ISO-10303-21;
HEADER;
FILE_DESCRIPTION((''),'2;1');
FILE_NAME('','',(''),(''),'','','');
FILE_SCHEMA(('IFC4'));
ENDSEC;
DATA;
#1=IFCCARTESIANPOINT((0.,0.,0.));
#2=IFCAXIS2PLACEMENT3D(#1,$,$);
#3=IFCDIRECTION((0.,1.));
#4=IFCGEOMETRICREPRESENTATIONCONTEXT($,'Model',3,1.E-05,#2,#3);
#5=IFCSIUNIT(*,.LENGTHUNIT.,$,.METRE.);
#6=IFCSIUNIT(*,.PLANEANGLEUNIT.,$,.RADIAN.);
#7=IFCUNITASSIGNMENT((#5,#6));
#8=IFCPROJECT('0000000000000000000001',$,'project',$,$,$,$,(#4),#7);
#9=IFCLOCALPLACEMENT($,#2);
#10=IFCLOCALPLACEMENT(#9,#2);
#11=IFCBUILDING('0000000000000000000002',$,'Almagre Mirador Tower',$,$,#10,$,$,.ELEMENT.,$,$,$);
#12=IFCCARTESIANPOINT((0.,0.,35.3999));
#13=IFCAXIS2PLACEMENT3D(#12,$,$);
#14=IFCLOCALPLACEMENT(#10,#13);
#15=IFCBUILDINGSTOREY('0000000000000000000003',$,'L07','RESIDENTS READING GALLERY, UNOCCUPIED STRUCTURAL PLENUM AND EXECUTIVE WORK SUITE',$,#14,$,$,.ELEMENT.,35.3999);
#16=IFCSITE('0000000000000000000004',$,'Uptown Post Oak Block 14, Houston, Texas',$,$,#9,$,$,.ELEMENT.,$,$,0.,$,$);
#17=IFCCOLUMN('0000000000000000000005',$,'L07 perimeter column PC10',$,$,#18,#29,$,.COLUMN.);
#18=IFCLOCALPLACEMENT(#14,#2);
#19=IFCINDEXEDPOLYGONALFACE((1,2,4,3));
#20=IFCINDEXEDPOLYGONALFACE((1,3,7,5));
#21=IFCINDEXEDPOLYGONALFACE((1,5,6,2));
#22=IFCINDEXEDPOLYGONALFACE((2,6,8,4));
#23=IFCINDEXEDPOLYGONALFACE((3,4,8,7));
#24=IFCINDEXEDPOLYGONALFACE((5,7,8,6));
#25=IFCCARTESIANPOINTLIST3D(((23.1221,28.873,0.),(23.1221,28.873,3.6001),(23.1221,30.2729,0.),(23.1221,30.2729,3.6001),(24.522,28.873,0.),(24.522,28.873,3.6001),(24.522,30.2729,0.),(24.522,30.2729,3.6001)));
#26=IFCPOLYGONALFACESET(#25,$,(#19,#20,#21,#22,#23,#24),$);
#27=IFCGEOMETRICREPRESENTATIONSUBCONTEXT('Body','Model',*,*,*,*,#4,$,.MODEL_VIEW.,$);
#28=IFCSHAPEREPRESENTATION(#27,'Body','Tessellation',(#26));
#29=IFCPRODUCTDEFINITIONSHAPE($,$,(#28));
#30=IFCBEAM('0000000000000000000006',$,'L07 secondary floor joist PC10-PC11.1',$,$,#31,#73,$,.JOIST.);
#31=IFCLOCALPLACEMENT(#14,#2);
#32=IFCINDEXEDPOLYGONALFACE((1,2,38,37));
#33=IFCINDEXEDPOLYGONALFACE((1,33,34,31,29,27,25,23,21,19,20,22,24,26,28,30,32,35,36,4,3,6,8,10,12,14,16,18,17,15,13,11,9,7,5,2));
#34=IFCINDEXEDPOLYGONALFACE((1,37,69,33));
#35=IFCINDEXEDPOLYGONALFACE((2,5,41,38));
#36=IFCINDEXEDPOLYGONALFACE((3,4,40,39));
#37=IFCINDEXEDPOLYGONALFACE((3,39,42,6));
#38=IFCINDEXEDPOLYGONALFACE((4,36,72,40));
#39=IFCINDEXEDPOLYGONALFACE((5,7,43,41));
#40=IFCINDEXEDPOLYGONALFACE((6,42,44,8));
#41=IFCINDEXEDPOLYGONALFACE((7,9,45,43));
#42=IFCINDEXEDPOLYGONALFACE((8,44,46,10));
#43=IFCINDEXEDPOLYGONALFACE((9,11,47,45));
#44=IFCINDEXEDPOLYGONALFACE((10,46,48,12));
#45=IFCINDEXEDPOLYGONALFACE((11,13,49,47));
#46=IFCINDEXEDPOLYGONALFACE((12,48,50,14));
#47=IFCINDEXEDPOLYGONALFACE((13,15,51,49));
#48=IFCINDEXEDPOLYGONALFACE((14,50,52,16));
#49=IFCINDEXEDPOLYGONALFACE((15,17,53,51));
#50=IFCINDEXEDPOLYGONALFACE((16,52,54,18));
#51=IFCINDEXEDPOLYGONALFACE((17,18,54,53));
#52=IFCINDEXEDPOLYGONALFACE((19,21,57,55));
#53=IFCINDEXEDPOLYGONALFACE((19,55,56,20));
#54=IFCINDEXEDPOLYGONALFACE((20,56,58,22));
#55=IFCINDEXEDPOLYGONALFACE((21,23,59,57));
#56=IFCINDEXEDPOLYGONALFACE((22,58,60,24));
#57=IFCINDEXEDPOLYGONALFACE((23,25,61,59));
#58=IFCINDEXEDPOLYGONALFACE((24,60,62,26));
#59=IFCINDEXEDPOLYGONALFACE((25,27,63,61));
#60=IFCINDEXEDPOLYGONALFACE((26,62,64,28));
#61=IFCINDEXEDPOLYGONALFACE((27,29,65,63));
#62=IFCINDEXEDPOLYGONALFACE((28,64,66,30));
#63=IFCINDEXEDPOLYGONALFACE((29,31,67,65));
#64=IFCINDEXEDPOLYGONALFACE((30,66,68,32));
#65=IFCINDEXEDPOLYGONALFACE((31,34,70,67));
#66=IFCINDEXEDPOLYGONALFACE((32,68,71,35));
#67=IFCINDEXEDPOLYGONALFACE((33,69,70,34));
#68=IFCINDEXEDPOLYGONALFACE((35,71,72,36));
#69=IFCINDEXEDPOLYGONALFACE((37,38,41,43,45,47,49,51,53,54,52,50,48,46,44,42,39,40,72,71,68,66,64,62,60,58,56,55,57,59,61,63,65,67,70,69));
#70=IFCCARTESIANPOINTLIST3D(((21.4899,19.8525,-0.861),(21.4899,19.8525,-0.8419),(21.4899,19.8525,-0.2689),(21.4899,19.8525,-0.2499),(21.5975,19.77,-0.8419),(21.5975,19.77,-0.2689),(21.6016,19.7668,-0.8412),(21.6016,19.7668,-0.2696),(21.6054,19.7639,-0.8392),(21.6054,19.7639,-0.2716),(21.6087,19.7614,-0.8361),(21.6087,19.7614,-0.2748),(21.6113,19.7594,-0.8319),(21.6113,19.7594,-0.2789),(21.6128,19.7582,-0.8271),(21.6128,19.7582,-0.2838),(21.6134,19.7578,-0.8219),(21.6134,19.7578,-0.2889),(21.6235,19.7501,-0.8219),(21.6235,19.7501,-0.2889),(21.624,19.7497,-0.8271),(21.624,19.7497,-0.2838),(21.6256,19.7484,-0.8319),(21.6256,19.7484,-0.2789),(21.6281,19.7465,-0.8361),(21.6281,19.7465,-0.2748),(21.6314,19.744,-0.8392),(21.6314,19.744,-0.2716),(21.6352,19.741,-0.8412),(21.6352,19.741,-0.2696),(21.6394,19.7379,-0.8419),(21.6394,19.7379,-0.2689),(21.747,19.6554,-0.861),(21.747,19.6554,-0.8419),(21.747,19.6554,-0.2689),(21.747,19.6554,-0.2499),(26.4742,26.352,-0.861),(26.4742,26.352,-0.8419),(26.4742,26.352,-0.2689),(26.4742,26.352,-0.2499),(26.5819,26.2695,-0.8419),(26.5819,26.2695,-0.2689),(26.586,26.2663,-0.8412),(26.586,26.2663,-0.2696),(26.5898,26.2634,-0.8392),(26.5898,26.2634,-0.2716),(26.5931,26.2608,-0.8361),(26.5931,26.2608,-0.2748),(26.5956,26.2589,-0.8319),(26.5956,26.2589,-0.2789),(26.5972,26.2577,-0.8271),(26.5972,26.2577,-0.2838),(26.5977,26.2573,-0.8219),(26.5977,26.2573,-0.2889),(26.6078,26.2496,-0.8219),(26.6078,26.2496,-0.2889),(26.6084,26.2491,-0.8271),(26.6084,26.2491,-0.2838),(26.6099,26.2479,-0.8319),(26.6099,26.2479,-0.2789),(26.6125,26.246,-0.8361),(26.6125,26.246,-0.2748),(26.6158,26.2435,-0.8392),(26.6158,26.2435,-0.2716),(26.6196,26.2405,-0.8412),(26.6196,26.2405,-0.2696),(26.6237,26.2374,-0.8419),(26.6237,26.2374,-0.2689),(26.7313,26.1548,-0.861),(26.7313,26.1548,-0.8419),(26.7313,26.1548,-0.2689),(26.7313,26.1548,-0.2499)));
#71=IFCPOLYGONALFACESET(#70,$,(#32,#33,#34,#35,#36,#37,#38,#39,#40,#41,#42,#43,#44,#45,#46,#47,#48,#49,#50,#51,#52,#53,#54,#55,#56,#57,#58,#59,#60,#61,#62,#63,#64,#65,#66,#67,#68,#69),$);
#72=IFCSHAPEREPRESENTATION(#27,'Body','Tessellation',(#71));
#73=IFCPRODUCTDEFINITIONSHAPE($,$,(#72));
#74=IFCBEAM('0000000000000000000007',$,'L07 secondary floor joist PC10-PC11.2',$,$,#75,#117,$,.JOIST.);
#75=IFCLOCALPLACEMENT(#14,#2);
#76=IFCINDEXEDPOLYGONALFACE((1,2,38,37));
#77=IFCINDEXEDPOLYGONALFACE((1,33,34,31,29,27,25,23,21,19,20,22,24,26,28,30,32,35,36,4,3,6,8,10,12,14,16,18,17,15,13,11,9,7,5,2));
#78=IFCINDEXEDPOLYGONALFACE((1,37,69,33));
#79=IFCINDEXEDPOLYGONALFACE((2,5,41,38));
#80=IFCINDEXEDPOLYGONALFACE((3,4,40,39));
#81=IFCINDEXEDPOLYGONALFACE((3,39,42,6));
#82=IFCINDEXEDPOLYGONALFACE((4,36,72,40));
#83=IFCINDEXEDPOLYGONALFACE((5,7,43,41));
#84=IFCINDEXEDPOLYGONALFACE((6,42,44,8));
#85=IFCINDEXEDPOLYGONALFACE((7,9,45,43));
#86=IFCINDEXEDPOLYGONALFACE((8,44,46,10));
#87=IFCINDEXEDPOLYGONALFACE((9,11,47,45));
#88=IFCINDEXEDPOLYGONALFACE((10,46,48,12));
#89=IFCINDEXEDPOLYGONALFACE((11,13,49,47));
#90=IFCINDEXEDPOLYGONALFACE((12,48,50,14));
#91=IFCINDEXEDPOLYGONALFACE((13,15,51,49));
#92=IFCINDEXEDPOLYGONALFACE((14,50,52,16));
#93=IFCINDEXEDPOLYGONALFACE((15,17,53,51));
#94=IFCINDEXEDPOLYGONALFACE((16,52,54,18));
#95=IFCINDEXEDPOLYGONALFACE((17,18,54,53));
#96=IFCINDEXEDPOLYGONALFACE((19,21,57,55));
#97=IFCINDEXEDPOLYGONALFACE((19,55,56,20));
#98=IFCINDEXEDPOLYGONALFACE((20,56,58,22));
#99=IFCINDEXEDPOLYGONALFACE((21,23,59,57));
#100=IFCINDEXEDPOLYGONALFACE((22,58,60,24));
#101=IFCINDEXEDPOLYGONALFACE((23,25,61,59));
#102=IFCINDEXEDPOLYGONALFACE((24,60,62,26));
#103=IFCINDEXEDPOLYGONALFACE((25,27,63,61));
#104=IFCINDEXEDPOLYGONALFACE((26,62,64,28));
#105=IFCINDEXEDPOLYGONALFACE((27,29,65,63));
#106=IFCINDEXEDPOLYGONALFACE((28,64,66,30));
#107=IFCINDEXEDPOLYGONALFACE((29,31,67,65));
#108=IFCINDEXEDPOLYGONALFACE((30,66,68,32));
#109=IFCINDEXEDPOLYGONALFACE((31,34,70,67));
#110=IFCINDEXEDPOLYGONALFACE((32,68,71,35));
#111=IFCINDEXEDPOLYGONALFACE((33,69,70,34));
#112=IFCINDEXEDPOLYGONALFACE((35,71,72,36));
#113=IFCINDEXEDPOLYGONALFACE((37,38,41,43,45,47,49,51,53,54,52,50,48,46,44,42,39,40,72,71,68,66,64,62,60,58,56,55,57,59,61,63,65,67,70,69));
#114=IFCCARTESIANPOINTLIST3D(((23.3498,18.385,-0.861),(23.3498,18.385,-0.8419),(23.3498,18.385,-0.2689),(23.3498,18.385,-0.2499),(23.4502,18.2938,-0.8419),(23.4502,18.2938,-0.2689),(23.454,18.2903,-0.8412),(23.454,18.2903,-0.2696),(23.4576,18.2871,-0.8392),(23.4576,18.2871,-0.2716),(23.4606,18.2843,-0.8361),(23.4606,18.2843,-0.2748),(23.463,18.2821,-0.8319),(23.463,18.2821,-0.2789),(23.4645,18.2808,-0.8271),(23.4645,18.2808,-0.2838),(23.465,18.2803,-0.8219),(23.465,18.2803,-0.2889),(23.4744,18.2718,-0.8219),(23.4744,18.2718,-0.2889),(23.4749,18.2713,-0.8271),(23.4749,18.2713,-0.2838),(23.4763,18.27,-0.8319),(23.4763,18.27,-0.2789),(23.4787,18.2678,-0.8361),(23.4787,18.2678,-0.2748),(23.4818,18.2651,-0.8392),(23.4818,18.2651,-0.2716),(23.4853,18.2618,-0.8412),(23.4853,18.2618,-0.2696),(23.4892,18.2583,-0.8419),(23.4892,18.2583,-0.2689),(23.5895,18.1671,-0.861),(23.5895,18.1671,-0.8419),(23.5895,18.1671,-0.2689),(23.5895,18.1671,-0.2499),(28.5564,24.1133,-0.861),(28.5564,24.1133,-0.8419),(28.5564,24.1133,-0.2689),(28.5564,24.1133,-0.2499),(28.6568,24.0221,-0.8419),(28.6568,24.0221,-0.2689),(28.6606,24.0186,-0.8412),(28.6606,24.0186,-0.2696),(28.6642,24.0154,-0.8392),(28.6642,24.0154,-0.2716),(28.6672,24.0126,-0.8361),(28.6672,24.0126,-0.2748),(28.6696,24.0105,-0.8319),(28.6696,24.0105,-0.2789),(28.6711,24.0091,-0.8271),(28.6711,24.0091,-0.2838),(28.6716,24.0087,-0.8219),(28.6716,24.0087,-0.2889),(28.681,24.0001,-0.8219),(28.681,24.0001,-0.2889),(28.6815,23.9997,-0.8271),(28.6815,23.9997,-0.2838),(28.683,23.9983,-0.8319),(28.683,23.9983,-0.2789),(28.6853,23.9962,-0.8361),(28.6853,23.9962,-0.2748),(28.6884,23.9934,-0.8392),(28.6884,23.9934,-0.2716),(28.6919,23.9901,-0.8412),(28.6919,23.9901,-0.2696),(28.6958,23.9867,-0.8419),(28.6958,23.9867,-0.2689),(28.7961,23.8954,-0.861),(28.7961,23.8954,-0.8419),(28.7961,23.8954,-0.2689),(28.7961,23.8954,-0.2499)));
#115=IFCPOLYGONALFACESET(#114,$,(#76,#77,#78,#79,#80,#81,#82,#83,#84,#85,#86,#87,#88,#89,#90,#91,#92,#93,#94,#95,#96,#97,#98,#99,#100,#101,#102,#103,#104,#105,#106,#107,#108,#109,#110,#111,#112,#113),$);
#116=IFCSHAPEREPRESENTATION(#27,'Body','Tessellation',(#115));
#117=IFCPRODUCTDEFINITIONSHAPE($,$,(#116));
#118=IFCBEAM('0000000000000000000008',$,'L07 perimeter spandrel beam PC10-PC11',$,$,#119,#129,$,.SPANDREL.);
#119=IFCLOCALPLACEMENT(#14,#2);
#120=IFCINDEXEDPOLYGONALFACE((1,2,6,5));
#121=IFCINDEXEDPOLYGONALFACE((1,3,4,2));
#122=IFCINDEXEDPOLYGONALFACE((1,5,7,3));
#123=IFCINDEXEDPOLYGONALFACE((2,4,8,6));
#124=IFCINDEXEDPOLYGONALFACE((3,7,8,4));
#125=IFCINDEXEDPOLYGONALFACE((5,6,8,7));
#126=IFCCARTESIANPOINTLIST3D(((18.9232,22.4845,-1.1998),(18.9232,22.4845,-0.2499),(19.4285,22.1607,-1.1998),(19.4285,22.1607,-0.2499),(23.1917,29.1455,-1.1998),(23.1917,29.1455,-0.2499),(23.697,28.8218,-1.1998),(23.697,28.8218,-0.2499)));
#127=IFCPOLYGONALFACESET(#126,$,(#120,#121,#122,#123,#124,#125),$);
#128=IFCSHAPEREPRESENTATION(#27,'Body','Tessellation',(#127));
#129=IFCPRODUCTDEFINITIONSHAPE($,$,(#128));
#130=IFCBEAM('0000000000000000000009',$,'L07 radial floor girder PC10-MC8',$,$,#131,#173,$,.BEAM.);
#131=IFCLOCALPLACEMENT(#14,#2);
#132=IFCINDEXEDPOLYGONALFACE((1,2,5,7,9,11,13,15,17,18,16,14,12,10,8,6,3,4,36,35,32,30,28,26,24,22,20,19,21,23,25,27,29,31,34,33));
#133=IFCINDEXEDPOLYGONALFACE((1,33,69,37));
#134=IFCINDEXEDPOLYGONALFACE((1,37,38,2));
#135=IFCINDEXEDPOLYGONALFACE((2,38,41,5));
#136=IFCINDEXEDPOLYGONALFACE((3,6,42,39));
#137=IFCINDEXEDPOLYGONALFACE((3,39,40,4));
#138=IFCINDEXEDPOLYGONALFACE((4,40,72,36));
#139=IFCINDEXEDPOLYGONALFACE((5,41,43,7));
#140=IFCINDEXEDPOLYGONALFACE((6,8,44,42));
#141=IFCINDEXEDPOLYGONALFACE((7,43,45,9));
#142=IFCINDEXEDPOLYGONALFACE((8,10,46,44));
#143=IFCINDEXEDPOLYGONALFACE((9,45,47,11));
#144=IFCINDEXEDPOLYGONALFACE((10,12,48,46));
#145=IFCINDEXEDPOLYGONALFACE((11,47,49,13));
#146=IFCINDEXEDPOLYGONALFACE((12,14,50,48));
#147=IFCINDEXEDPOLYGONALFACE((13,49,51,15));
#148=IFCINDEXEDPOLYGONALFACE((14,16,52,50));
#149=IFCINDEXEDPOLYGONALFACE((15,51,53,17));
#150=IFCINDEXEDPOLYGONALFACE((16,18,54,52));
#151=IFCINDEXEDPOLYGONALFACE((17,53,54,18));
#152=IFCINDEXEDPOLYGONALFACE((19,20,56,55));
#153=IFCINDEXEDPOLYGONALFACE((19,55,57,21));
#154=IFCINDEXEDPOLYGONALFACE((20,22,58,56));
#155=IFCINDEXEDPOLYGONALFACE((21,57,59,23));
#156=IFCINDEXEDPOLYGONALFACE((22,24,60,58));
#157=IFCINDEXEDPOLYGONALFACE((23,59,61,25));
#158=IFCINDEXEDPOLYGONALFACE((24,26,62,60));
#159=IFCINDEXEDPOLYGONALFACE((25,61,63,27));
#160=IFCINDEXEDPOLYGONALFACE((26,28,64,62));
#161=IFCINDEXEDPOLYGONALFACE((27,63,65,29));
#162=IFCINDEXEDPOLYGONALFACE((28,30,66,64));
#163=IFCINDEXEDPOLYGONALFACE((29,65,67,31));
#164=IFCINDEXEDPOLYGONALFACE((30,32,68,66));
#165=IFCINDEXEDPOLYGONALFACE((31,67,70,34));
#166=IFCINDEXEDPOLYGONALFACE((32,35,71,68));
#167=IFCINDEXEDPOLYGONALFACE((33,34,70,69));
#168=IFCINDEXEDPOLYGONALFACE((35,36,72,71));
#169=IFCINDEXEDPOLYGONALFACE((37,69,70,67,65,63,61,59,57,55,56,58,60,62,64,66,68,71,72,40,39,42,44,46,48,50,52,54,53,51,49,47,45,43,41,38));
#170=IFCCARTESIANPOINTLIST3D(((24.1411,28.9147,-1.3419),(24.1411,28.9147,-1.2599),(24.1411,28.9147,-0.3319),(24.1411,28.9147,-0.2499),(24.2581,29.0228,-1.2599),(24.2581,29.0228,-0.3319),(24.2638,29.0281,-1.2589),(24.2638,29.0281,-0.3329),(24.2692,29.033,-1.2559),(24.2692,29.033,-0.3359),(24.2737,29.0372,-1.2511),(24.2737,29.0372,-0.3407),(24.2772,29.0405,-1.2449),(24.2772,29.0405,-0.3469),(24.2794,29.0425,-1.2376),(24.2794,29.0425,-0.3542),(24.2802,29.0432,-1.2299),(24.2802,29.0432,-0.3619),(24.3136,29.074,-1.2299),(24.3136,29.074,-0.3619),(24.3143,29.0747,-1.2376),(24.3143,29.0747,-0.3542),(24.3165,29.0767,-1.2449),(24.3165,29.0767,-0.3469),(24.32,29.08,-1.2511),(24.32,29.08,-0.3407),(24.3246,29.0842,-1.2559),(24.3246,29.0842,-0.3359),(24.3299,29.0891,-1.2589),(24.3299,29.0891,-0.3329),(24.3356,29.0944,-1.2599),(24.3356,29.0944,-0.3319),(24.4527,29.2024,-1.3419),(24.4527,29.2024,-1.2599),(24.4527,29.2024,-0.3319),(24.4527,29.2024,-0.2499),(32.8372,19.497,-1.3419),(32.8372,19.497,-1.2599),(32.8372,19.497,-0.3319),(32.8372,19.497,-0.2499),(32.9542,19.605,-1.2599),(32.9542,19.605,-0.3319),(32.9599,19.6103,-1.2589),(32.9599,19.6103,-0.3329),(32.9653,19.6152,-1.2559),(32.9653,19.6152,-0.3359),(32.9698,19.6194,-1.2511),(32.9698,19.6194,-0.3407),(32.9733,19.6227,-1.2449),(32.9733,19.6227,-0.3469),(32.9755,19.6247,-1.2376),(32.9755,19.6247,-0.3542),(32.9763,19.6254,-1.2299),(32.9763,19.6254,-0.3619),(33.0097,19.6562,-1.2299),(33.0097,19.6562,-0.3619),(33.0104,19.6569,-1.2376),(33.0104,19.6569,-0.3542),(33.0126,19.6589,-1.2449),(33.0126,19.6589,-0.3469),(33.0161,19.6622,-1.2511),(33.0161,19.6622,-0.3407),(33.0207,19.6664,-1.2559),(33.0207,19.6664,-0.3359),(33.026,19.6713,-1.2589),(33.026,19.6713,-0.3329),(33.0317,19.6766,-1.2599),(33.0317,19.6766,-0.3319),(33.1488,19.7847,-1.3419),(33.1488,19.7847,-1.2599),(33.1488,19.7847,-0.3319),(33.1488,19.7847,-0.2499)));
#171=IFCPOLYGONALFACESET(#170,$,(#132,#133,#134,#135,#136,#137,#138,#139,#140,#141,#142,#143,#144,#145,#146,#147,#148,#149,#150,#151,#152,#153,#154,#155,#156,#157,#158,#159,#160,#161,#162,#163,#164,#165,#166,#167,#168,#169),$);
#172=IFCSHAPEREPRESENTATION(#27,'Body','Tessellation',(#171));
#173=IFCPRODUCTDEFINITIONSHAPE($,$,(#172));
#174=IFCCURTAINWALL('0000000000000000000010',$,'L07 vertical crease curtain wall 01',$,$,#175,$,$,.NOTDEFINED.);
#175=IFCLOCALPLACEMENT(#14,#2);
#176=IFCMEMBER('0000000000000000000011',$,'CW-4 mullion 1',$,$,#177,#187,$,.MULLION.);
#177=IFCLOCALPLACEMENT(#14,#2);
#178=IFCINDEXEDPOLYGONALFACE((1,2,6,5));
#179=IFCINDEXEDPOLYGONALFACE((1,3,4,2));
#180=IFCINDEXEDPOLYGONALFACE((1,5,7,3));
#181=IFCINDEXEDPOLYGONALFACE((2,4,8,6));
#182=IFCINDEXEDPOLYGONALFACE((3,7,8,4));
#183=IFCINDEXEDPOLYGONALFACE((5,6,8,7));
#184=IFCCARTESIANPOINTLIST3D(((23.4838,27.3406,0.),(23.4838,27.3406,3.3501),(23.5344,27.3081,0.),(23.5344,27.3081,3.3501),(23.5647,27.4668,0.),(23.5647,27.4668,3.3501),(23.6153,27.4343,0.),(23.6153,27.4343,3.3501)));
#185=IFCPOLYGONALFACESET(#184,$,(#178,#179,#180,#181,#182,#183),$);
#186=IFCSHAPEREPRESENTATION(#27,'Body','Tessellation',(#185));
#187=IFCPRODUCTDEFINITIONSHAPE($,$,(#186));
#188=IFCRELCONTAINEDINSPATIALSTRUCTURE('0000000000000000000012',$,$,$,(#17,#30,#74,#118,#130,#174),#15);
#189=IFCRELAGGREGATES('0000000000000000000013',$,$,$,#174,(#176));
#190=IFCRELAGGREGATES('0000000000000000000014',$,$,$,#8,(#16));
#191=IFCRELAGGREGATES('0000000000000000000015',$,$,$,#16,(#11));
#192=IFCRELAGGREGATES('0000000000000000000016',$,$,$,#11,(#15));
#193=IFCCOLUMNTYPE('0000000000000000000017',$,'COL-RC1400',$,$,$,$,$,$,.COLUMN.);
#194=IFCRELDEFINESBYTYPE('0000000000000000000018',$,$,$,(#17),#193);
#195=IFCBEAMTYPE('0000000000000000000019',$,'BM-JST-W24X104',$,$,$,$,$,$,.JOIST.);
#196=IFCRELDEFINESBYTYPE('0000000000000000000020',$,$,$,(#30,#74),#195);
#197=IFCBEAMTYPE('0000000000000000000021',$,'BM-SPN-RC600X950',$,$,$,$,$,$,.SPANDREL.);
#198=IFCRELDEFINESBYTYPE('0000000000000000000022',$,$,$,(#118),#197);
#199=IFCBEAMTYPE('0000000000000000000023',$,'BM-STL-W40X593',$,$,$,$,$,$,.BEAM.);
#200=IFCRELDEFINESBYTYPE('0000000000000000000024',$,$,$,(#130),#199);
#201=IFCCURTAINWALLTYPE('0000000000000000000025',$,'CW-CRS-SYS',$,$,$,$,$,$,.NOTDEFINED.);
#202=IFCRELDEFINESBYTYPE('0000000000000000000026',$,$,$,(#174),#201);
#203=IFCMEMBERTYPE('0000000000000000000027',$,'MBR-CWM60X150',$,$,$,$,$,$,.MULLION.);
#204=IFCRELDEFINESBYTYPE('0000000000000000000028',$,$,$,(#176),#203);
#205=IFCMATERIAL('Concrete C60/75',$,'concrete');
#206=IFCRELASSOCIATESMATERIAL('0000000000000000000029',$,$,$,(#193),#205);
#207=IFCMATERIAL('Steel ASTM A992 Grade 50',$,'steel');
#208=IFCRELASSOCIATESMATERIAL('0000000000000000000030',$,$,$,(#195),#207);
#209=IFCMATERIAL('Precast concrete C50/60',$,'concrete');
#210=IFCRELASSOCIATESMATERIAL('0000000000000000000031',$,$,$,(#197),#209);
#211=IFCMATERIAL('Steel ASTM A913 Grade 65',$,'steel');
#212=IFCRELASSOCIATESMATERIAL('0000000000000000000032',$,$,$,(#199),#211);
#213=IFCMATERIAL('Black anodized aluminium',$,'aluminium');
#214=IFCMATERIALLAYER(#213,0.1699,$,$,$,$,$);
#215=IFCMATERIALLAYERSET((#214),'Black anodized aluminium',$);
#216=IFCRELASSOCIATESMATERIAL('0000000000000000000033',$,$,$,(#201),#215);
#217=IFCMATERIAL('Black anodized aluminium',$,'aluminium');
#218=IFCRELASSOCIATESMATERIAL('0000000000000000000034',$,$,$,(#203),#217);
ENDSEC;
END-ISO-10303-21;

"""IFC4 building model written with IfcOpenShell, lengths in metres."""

from ifc_helpers import new_model, si_unit, direction, frame, origin, origin_2d, place, context, subcontext, project, spatial, rectangle, i_section, extrude, material, layer, layer_set, material_profile, profile_set, type_object, element, aggregate, save


model = new_model("IFC4")

# Units and contexts
model_context = context("Model", 3, precision=1e-05, world=origin(), true_north=direction((0.0, 1.0)))
body_context = subcontext(model_context, "Body", "Model", "MODEL_VIEW")
ifc_project = project(units=[si_unit("LENGTHUNIT", "METRE"), si_unit("PLANEANGLEUNIT", "RADIAN")], contexts=[model_context])

# Site, building, storey
site_placement = place(None, origin())
site = spatial("IfcSite", under=ifc_project, at=site_placement, Name="Uptown Post Oak Block 14, Houston, Texas", CompositionType="ELEMENT", RefElevation=0.0)
building_placement = place(site_placement, origin())
building = spatial("IfcBuilding", under=site, at=building_placement, Name="Almagre Mirador Tower", CompositionType="ELEMENT")
storey_placement = place(building_placement, frame((0.0, 0.0, 35.3999)))
storey = spatial("IfcBuildingStorey", under=building, at=storey_placement, Name="L07", Description="RESIDENTS READING GALLERY, UNOCCUPIED STRUCTURAL PLENUM AND EXECUTIVE WORK SUITE", CompositionType="ELEMENT", Elevation=35.3999)

# Column
ifc_material_1 = material(Name="Concrete C60/75", Category="concrete")
ifc_material_profile_1 = material_profile(ifc_material_1, rectangle(XDim=1.3999, YDim=1.3999, at=origin_2d()), Name="RC1400X1400")
ifc_profile_set_1 = profile_set([ifc_material_profile_1], Name="Concrete C60/75")
column_type = type_object("IfcColumnType", Name="COL-RC1400", PredefinedType="COLUMN", material=ifc_profile_set_1)
column_placement = place(storey_placement, frame((23.822, 29.573, 0.0), z_axis=(0.0, 0.0, 1.0), x_axis=(1.0, 0.0, 0.0)))
element("IfcColumn", 1, at=column_placement, inside=storey, type_object=column_type, Name="L07 perimeter column PC10", PredefinedType="COLUMN", context=body_context, shape_type="SweptSolid", body=[
    extrude(rectangle(XDim=1.3999, YDim=1.3999, at=origin_2d()), origin(), (0.0, 0.0, 1.0), 3.6001),
])

# Beams
ifc_material_2 = material(Name="Steel ASTM A992 Grade 50", Category="steel")
ifc_material_profile_2 = material_profile(ifc_material_2, i_section(OverallWidth=0.324, OverallDepth=0.6111, WebThickness=0.0127, FlangeThickness=0.019, FilletRadius=0.02, at=origin_2d()), Name="W24X104")
ifc_profile_set_2 = profile_set([ifc_material_profile_2], Name="Steel ASTM A992 Grade 50")
beam_type_1 = type_object("IfcBeamType", Name="BM-JST-W24X104", PredefinedType="JOIST", material=ifc_profile_set_2)
beam_1_placement = place(storey_placement, frame((26.6028, 26.2534, -0.5554), z_axis=(-0.60854, -0.793523, 0.0), x_axis=(0.793523, -0.60854, 0.0)))
element("IfcBeam", 2, at=beam_1_placement, inside=storey, type_object=beam_type_1, Name="L07 secondary floor joist PC10-PC11.1", PredefinedType="JOIST", context=body_context, shape_type="SweptSolid", body=[
    extrude(i_section(OverallWidth=0.324, OverallDepth=0.6111, WebThickness=0.0127, FlangeThickness=0.019, FilletRadius=0.02, at=origin_2d()), origin(), (0.0, 0.0, 1.0), 8.1907),
])
beam_2_placement = place(storey_placement, frame((28.6763, 24.0044, -0.5554), z_axis=(-0.672604, -0.740003, 0.0), x_axis=(0.740003, -0.672604, 0.0)))
element("IfcBeam", 3, at=beam_2_placement, inside=storey, type_object=beam_type_1, Name="L07 secondary floor joist PC10-PC11.2", PredefinedType="JOIST", context=body_context, shape_type="SweptSolid", body=[
    extrude(i_section(OverallWidth=0.324, OverallDepth=0.6111, WebThickness=0.0127, FlangeThickness=0.019, FilletRadius=0.02, at=origin_2d()), origin(), (0.0, 0.0, 1.0), 7.741),
])
ifc_material_3 = material(Name="Precast concrete C50/60", Category="concrete")
ifc_material_profile_3 = material_profile(ifc_material_3, rectangle(XDim=0.6001, YDim=0.95, at=origin_2d()), Name="RC600X950")
ifc_profile_set_3 = profile_set([ifc_material_profile_3], Name="Precast concrete C50/60")
beam_type_2 = type_object("IfcBeamType", Name="BM-SPN-RC600X950", PredefinedType="SPANDREL", material=ifc_profile_set_3)
beam_3_placement = place(storey_placement, frame((23.4443, 28.9836, -0.7249), z_axis=(-0.53954, -0.84196, 0.0), x_axis=(0.84196, -0.53954, 0.0)))
element("IfcBeam", 4, at=beam_3_placement, inside=storey, type_object=beam_type_2, Name="L07 perimeter spandrel beam PC10-PC11", PredefinedType="SPANDREL", context=body_context, shape_type="SweptSolid", body=[
    extrude(rectangle(XDim=0.6001, YDim=0.95, at=origin_2d()), origin(), (0.0, 0.0, 1.0), 7.9114),
])
ifc_material_4 = material(Name="Steel ASTM A913 Grade 65", Category="steel")
ifc_material_profile_4 = material_profile(ifc_material_4, i_section(OverallWidth=0.4241, OverallDepth=1.092, WebThickness=0.0454, FlangeThickness=0.082, FilletRadius=0.03, at=origin_2d()), Name="W40X593")
ifc_profile_set_4 = profile_set([ifc_material_profile_4], Name="Steel ASTM A913 Grade 65")
beam_type_3 = type_object("IfcBeamType", Name="BM-STL-W40X593", PredefinedType="BEAM", material=ifc_profile_set_4)
beam_4_placement = place(storey_placement, frame((24.2969, 29.0586, -0.7959), z_axis=(0.678396, -0.734696, 0.0), x_axis=(0.734696, 0.678396, 0.0)))
element("IfcBeam", 5, at=beam_4_placement, inside=storey, type_object=beam_type_3, Name="L07 radial floor girder PC10-MC8", PredefinedType="BEAM", context=body_context, shape_type="SweptSolid", body=[
    extrude(i_section(OverallWidth=0.4241, OverallDepth=1.092, WebThickness=0.0454, FlangeThickness=0.082, FilletRadius=0.03, at=origin_2d()), origin(), (0.0, 0.0, 1.0), 12.8186),
])

# Curtain wall, member
ifc_material_5 = material(Name="Black anodized aluminium", Category="aluminium")
ifc_layer_1 = layer(ifc_material_5, 0.1699)
ifc_layer_set_1 = layer_set([ifc_layer_1], Name="Black anodized aluminium")
curtain_wall_type_1 = type_object("IfcCurtainWallType", Name="CW-CRS-SYS", PredefinedType="NOTDEFINED", material=ifc_layer_set_1)
curtain_wall_1_placement = place(storey_placement, origin())
curtain_wall_1 = element("IfcCurtainWall", 6, at=curtain_wall_1_placement, inside=storey, type_object=curtain_wall_type_1, Name="L07 vertical crease curtain wall 01", PredefinedType="NOTDEFINED")
ifc_material_6 = material(Name="Black anodized aluminium", Category="aluminium")
ifc_material_profile_5 = material_profile(ifc_material_6, rectangle(XDim=0.0601, YDim=0.1499, at=origin_2d()), Name="CWM60X150")
ifc_profile_set_5 = profile_set([ifc_material_profile_5], Name="Black anodized aluminium")
member_type_1 = type_object("IfcMemberType", Name="MBR-CWM60X150", PredefinedType="MULLION", material=ifc_profile_set_5)
member_1_placement = place(storey_placement, frame((23.5496, 27.3875, 0.0), z_axis=(0.0, 0.0, 1.0), x_axis=(-0.841762, 0.539849, 0.0)))
member_1 = element("IfcMember", 7, at=member_1_placement, type_object=member_type_1, Name="CW-4 mullion 1", PredefinedType="MULLION", context=body_context, shape_type="SweptSolid", body=[
    extrude(rectangle(XDim=0.0601, YDim=0.1499, at=origin_2d()), origin(), (0.0, 0.0, 1.0), 3.3501),
])

aggregate(curtain_wall_1, [member_1])

save(model, "model.ifc")
